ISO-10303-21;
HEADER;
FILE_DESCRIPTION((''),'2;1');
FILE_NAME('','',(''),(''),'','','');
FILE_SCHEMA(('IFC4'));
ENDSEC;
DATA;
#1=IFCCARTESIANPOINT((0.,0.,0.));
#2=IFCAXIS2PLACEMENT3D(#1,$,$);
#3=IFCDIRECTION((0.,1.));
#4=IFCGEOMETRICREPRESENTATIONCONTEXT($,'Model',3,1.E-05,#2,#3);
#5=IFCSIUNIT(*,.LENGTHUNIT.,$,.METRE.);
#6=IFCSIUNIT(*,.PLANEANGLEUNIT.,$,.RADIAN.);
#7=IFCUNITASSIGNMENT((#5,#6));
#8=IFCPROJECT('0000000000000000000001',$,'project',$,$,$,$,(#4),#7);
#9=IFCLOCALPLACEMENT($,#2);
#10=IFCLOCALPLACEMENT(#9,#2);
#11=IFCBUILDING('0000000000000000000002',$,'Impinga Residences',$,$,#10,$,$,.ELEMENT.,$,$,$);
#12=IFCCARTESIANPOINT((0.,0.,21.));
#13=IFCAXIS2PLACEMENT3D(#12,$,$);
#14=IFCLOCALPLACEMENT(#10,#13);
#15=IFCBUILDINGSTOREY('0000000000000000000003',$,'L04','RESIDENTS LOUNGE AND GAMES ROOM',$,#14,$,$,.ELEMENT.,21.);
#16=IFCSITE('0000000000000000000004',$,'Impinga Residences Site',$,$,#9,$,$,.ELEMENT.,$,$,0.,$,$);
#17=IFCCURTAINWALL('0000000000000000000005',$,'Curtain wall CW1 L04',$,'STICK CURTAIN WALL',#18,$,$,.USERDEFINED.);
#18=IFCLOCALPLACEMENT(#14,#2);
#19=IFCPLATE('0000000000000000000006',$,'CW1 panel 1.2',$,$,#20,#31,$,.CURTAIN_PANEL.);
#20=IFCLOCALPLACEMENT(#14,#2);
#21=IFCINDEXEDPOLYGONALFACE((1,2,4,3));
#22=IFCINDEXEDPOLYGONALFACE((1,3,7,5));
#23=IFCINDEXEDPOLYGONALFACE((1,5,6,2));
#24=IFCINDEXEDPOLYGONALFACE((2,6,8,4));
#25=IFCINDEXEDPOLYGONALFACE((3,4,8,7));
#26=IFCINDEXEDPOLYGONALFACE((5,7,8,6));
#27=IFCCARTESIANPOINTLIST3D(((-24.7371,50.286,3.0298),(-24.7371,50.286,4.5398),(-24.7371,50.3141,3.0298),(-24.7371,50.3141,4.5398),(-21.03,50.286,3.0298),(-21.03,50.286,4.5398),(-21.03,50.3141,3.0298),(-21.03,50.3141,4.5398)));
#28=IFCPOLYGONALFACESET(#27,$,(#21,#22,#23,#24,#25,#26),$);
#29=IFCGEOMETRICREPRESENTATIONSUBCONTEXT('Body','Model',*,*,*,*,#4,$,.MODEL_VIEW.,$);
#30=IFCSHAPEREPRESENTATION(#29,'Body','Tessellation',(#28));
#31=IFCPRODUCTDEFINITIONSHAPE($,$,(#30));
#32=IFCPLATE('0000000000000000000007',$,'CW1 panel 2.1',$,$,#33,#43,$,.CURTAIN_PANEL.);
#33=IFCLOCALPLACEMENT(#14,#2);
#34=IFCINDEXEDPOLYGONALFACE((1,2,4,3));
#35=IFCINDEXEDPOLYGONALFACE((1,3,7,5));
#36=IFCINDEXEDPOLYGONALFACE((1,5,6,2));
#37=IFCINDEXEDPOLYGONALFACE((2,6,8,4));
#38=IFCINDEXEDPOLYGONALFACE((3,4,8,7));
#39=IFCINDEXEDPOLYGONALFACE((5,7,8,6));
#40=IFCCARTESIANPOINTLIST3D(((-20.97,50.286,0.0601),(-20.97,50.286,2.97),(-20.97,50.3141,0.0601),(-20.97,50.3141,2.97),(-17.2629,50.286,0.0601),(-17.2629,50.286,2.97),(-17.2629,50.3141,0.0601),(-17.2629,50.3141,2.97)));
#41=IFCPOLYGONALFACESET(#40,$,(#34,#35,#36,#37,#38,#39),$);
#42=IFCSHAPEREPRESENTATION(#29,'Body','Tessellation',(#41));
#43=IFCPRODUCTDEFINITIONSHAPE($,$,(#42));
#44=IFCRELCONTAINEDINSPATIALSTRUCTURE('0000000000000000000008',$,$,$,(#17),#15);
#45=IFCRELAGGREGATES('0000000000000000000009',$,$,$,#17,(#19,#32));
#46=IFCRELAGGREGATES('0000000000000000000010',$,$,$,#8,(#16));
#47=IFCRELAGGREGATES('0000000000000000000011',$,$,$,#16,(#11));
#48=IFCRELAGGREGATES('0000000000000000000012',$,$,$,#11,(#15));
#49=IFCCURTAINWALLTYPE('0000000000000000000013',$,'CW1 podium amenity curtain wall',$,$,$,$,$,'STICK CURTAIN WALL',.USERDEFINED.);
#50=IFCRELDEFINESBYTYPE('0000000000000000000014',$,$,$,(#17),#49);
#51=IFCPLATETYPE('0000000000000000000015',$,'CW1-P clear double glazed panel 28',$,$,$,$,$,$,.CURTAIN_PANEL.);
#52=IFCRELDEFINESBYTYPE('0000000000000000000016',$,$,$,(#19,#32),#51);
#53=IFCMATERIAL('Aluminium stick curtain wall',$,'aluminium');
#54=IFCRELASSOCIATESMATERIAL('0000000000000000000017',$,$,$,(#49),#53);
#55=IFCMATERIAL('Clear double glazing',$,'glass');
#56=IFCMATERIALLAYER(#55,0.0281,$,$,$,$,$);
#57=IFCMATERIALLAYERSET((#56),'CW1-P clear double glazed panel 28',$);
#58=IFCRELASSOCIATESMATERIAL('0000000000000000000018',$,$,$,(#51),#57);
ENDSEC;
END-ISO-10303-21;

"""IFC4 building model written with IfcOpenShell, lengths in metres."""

from ifc_helpers import new_model, si_unit, direction, frame, origin, origin_2d, place, context, subcontext, project, spatial, rectangle, extrude, material, layer, layer_set, type_object, element, aggregate, save


model = new_model("IFC4")

# Units and contexts
model_context = context("Model", 3, precision=1e-05, world=origin(), true_north=direction((0.0, 1.0)))
body_context = subcontext(model_context, "Body", "Model", "MODEL_VIEW")
ifc_project = project(units=[si_unit("LENGTHUNIT", "METRE"), si_unit("PLANEANGLEUNIT", "RADIAN")], contexts=[model_context])

# Site, building, storey
site_placement = place(None, origin())
site = spatial("IfcSite", under=ifc_project, at=site_placement, Name="Impinga Residences Site", CompositionType="ELEMENT", RefElevation=0.0)
building_placement = place(site_placement, origin())
building = spatial("IfcBuilding", under=site, at=building_placement, Name="Impinga Residences", CompositionType="ELEMENT")
storey_placement = place(building_placement, frame((0.0, 0.0, 21.0)))
storey = spatial("IfcBuildingStorey", under=building, at=storey_placement, Name="L04", Description="RESIDENTS LOUNGE AND GAMES ROOM", CompositionType="ELEMENT", Elevation=21.0)

# Shared definitions
ifc_material_1 = material(Name="Aluminium stick curtain wall", Category="aluminium")
curtain_wall_type = type_object("IfcCurtainWallType", Name="CW1 podium amenity curtain wall", ElementType="STICK CURTAIN WALL", PredefinedType="USERDEFINED", material=ifc_material_1)

# Curtain wall
curtain_wall_1_placement = place(storey_placement, origin())
curtain_wall_1 = element("IfcCurtainWall", 1, at=curtain_wall_1_placement, inside=storey, type_object=curtain_wall_type, Name="Curtain wall CW1 L04", ObjectType="STICK CURTAIN WALL", PredefinedType="USERDEFINED")

# Plates
ifc_material_2 = material(Name="Clear double glazing", Category="glass")
ifc_layer = layer(ifc_material_2, 0.0281)
ifc_layer_set = layer_set([ifc_layer], Name="CW1-P clear double glazed panel 28")
plate_type = type_object("IfcPlateType", Name="CW1-P clear double glazed panel 28", PredefinedType="CURTAIN_PANEL", material=ifc_layer_set)
plate_1_placement = place(storey_placement, frame((-22.8835, 50.3, 3.0298), z_axis=(0.0, 0.0, 1.0), x_axis=(1.0, 0.0, 0.0)))
plate_1 = element("IfcPlate", 2, at=plate_1_placement, type_object=plate_type, Name="CW1 panel 1.2", PredefinedType="CURTAIN_PANEL", context=body_context, shape_type="SweptSolid", body=[
    extrude(rectangle(XDim=3.707, YDim=0.0281, at=origin_2d()), origin(), (0.0, 0.0, 1.0), 1.51),
])
plate_2_placement = place(storey_placement, frame((-19.1165, 50.3, 0.0601), z_axis=(0.0, 0.0, 1.0), x_axis=(1.0, 0.0, 0.0)))
plate_2 = element("IfcPlate", 3, at=plate_2_placement, type_object=plate_type, Name="CW1 panel 2.1", PredefinedType="CURTAIN_PANEL", context=body_context, shape_type="SweptSolid", body=[
    extrude(rectangle(XDim=3.707, YDim=0.0281, at=origin_2d()), origin(), (0.0, 0.0, 1.0), 2.9099),
])
aggregate(curtain_wall_1, [plate_1, plate_2])

save(model, "model.ifc")
